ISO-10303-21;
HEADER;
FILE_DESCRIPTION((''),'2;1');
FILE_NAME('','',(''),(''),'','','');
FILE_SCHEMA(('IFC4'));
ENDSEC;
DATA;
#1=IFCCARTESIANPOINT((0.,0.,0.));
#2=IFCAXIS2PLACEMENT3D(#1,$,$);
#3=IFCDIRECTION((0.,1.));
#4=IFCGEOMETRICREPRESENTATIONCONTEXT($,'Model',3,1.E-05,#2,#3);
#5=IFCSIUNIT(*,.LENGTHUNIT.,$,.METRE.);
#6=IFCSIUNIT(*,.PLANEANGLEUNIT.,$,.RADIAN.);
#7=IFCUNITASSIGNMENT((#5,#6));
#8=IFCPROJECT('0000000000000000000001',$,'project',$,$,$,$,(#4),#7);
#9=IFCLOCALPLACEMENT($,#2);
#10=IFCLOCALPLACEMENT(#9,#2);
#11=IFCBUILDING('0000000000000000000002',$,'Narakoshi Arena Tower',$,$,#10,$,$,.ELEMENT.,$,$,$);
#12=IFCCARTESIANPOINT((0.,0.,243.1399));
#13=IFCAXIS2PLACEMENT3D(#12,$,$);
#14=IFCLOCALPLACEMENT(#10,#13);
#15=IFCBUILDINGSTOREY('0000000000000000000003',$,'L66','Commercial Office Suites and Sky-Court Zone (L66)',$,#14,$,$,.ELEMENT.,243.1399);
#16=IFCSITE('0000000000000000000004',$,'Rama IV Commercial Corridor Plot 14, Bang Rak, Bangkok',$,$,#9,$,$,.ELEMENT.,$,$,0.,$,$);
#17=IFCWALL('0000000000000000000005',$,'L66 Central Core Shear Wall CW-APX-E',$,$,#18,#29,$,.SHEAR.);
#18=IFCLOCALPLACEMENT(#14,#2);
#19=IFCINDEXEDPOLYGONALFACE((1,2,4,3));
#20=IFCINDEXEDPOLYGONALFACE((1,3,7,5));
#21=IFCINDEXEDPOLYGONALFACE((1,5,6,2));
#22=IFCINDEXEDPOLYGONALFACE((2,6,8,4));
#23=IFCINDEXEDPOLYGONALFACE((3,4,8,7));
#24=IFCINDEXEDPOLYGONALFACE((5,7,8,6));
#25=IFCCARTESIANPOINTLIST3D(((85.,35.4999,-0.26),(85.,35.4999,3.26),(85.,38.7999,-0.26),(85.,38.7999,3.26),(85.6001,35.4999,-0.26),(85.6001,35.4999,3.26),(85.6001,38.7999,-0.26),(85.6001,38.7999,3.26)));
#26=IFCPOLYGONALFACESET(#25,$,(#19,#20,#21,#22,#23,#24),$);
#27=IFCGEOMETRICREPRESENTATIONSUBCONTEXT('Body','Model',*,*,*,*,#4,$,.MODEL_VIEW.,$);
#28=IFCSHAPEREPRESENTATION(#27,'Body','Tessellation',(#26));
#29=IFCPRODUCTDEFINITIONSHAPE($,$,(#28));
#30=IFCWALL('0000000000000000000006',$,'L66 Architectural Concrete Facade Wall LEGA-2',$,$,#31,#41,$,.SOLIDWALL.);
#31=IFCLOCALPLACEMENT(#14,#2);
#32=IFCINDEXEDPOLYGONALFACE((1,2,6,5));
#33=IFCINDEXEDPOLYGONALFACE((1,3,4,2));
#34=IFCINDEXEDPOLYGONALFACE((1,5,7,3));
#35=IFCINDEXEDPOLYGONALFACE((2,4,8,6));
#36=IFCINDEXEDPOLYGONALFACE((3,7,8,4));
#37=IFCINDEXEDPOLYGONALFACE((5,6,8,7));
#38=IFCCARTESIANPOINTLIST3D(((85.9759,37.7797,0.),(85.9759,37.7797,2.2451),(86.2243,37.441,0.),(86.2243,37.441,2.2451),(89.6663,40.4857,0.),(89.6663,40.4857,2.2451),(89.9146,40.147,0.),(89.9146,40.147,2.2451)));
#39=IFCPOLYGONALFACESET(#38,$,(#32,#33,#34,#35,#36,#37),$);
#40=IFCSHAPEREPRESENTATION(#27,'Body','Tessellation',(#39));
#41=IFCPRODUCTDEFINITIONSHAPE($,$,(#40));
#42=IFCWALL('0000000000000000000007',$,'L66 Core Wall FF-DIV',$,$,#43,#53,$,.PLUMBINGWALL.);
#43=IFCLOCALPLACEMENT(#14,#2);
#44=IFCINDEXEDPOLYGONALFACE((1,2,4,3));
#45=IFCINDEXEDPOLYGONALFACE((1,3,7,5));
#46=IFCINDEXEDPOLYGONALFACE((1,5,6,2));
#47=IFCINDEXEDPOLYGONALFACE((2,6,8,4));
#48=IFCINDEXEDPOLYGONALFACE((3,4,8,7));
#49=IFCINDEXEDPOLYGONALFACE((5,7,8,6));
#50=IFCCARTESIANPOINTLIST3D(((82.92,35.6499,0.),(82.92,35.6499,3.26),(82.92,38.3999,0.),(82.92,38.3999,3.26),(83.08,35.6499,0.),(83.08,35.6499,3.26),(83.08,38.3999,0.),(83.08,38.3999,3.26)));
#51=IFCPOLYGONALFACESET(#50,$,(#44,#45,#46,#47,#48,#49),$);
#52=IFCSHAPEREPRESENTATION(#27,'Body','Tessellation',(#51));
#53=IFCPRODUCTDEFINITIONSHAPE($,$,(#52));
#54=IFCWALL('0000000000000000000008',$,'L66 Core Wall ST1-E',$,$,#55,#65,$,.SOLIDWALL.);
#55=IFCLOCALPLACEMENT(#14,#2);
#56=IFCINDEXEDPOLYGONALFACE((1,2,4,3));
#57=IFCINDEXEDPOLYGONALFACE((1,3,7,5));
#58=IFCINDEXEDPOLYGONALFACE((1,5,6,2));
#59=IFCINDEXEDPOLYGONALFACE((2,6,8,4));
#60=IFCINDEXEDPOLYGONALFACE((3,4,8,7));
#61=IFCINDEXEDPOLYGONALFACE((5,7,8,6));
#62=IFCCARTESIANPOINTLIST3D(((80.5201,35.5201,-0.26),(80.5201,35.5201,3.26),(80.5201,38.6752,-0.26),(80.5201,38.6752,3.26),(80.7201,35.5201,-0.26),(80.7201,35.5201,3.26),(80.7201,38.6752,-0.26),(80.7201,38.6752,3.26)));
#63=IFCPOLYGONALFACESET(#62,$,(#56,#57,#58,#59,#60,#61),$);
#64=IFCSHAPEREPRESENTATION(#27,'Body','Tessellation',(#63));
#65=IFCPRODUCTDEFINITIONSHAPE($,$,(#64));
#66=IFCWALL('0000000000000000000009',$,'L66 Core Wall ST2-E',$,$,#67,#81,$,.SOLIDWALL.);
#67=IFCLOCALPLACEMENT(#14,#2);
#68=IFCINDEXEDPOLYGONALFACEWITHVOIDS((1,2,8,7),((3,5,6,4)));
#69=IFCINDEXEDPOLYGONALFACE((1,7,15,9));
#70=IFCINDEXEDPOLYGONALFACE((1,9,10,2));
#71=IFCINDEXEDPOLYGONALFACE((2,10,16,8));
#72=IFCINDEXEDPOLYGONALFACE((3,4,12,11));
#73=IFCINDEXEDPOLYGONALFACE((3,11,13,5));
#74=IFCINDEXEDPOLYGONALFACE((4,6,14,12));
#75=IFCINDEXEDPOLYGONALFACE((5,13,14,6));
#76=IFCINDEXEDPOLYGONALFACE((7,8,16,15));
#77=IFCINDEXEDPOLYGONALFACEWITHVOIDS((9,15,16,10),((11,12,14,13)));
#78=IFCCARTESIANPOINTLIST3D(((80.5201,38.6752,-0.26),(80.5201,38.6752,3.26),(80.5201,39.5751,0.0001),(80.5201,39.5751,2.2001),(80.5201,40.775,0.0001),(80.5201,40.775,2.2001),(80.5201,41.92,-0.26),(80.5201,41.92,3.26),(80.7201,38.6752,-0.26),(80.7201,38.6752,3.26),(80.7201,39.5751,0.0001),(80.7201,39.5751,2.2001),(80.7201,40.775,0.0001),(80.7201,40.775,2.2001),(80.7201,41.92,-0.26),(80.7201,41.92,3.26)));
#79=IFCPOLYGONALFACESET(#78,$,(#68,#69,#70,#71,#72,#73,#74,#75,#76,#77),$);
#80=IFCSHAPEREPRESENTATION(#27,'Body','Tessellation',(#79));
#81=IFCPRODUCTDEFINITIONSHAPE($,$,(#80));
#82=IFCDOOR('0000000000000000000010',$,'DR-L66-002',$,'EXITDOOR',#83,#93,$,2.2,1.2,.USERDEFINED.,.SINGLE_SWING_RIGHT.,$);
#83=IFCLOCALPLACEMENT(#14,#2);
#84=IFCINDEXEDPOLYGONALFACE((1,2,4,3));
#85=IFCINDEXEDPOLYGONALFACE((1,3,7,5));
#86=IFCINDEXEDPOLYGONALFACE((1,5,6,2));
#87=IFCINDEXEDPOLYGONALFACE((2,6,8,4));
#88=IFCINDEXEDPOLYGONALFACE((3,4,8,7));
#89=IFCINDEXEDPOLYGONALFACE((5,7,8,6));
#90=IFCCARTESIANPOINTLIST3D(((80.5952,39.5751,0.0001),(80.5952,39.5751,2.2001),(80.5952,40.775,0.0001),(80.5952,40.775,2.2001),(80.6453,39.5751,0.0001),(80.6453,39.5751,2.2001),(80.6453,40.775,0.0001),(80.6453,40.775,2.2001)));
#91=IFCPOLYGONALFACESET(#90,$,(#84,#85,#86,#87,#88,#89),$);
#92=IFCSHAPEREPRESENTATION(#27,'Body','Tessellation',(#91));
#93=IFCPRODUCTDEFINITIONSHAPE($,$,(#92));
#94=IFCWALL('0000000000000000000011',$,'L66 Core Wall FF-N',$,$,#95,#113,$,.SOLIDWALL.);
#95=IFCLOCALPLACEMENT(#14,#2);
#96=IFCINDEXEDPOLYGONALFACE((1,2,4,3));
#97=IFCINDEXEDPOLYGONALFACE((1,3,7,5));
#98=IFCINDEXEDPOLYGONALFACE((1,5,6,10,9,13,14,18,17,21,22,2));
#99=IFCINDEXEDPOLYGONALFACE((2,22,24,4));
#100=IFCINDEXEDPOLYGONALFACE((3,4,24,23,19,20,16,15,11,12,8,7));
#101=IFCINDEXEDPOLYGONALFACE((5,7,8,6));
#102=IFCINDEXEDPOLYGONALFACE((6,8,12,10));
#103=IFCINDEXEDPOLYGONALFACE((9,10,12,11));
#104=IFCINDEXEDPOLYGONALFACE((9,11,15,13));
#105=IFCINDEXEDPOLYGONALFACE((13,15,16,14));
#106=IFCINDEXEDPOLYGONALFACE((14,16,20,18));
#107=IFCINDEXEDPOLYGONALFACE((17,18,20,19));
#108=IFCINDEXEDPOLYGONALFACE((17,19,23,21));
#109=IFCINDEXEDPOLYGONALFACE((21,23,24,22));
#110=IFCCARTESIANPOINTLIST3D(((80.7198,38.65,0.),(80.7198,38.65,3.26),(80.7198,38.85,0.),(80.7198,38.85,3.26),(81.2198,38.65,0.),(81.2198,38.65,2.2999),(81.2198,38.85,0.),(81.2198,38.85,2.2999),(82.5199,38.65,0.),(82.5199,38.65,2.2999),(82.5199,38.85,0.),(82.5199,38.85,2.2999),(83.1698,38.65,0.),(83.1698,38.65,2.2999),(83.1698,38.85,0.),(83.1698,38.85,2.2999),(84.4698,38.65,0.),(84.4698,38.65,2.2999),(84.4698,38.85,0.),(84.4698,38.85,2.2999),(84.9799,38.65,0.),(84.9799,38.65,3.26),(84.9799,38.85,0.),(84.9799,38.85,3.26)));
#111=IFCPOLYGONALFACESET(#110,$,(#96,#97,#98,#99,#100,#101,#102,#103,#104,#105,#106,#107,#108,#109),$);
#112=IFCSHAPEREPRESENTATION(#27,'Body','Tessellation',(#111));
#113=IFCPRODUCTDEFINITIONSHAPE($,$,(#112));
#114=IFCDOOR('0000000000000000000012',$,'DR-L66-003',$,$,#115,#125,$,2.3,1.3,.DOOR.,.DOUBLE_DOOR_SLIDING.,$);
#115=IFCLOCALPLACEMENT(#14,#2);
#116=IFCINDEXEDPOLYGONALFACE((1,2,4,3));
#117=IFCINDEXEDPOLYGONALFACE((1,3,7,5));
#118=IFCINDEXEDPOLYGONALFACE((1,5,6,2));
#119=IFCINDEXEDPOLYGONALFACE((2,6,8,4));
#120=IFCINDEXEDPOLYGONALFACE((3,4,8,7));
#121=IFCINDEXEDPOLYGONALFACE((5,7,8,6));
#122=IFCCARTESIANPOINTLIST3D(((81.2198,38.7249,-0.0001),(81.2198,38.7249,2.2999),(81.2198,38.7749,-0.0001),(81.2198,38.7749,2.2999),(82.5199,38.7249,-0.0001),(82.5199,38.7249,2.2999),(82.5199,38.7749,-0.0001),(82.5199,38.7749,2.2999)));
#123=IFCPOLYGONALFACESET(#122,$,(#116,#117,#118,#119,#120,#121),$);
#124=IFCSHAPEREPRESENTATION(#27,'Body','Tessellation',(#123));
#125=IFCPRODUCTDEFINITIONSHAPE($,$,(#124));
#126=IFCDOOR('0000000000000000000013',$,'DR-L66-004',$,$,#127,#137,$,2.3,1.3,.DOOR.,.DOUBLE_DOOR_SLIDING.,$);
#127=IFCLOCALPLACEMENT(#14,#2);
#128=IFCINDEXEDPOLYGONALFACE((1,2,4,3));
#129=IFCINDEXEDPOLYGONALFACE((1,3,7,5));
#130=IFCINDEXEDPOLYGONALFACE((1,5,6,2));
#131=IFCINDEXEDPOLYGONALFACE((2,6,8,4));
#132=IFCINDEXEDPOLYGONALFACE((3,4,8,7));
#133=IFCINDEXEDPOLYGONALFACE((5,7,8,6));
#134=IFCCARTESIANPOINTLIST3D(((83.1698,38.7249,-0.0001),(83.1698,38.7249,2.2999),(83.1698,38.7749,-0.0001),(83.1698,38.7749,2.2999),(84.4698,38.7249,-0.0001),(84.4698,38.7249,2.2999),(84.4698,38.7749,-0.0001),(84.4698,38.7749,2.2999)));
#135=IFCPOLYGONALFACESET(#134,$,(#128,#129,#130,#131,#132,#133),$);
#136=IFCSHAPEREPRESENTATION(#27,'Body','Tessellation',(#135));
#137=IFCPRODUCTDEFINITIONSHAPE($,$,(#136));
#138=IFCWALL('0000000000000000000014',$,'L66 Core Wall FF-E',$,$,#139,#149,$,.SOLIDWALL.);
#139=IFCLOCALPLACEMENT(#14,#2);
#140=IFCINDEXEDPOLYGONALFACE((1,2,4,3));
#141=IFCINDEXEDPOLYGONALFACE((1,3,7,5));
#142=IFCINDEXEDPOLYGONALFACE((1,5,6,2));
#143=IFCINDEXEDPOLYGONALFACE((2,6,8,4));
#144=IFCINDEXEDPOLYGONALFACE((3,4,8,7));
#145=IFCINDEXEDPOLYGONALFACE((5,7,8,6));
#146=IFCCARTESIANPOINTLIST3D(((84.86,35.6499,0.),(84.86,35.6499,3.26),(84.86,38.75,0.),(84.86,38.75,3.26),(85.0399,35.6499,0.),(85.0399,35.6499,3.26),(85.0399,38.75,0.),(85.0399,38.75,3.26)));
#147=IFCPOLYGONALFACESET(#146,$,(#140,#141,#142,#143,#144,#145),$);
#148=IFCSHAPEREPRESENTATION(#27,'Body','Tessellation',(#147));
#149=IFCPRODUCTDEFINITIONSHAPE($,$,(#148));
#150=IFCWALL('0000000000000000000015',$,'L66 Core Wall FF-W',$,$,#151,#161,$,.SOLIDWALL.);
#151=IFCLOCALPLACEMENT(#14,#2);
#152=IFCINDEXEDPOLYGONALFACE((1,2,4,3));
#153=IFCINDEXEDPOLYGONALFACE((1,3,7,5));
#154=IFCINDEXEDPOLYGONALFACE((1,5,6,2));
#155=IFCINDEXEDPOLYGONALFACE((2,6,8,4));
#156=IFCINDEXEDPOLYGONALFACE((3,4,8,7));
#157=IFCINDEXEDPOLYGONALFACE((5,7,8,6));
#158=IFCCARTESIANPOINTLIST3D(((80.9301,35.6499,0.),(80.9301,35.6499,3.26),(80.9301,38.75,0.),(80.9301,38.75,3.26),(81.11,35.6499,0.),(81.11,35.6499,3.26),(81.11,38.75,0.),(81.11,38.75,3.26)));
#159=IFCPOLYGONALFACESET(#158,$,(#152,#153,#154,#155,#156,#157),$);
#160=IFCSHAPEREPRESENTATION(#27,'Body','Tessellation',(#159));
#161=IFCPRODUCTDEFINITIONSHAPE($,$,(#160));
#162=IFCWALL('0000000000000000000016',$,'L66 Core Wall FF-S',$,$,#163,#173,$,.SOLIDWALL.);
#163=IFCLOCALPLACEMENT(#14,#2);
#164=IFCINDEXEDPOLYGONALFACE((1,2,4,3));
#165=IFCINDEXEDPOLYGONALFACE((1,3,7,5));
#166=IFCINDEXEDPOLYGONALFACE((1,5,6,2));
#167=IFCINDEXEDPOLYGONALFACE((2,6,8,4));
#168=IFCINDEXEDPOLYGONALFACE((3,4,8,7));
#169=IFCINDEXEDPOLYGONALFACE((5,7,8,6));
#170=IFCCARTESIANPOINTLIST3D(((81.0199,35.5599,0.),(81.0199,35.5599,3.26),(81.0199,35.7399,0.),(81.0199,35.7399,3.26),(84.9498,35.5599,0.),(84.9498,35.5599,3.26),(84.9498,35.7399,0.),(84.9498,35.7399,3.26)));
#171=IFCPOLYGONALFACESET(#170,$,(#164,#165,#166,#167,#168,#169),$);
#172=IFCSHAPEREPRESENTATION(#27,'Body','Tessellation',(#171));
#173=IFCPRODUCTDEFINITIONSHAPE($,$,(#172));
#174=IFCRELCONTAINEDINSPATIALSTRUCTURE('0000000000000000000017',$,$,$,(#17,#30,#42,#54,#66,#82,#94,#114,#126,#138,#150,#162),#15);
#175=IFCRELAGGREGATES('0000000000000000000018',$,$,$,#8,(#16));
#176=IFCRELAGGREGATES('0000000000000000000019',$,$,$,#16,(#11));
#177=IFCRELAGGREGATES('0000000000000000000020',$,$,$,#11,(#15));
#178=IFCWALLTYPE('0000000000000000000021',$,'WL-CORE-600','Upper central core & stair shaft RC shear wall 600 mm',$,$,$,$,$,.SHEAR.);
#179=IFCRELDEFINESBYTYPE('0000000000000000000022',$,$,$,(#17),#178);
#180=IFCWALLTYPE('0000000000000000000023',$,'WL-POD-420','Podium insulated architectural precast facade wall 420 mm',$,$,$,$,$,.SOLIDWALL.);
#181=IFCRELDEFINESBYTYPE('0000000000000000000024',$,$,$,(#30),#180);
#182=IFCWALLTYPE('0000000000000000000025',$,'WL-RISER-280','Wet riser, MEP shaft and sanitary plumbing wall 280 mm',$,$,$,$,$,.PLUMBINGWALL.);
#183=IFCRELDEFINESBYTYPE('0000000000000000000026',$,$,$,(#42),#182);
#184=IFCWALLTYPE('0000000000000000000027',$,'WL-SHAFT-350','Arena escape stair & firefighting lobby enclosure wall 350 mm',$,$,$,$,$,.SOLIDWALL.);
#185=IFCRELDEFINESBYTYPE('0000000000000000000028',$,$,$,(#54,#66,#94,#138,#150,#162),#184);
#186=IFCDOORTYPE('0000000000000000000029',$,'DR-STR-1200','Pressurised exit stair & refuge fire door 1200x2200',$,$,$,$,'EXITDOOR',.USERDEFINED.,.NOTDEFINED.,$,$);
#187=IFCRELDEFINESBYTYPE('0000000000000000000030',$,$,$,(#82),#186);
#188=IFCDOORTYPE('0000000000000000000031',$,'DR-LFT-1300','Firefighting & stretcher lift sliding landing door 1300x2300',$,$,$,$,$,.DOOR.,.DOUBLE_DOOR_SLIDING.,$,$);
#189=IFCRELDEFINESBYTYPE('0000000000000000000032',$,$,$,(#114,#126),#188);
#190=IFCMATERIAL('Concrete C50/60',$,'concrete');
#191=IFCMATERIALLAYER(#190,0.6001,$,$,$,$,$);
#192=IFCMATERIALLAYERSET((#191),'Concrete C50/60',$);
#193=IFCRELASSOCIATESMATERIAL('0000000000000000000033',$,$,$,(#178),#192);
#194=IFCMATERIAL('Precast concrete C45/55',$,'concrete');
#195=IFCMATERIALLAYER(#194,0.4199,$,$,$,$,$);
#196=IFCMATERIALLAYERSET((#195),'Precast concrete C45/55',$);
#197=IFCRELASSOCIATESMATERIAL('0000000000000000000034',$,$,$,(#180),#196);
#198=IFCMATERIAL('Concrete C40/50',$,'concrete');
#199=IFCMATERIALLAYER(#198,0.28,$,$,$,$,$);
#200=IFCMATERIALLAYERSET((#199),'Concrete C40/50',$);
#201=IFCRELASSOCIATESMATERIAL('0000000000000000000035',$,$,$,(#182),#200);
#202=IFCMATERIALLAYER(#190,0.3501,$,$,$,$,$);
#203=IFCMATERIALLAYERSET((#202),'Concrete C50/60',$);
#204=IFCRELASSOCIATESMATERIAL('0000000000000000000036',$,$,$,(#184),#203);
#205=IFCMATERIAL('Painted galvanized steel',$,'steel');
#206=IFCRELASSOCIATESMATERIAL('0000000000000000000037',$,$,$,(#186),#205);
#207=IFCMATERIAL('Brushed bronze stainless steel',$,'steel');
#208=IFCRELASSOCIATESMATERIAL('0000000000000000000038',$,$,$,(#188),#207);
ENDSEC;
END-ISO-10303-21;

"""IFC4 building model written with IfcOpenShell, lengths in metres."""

from ifc_helpers import new_model, si_unit, direction, frame, frame_2d, origin, place, context, subcontext, project, spatial, rectangle, extrude, material, layer, layer_set, type_object, element, fill, save


model = new_model("IFC4")

# Units and contexts
model_context = context("Model", 3, precision=1e-05, world=origin(), true_north=direction((0.0, 1.0)))
body_context = subcontext(model_context, "Body", "Model", "MODEL_VIEW")
ifc_project = project(units=[si_unit("LENGTHUNIT", "METRE"), si_unit("PLANEANGLEUNIT", "RADIAN")], contexts=[model_context])

# Site, building, storey
site_placement = place(None, origin())
site = spatial("IfcSite", under=ifc_project, at=site_placement, Name="Rama IV Commercial Corridor Plot 14, Bang Rak, Bangkok", CompositionType="ELEMENT", RefElevation=0.0)
building_placement = place(site_placement, origin())
building = spatial("IfcBuilding", under=site, at=building_placement, Name="Narakoshi Arena Tower", CompositionType="ELEMENT")
storey_placement = place(building_placement, frame((0.0, 0.0, 243.1399)))
storey = spatial("IfcBuildingStorey", under=building, at=storey_placement, Name="L66", Description="Commercial Office Suites and Sky-Court Zone (L66)", CompositionType="ELEMENT", Elevation=243.1399)

# Walls
ifc_material_1 = material(Name="Concrete C50/60", Category="concrete")
ifc_layer_1 = layer(ifc_material_1, 0.6001)
ifc_layer_set_1 = layer_set([ifc_layer_1], Name="Concrete C50/60")
wall_type_1 = type_object("IfcWallType", Name="WL-CORE-600", Description="Upper central core & stair shaft RC shear wall 600 mm", PredefinedType="SHEAR", material=ifc_layer_set_1)
wall_1_placement = place(storey_placement, frame((85.3, 35.5, -0.26), z_axis=(0.0, 0.0, 1.0), x_axis=(0.0, 1.0, 0.0)))
element("IfcWall", 1, at=wall_1_placement, inside=storey, type_object=wall_type_1, Name="L66 Central Core Shear Wall CW-APX-E", PredefinedType="SHEAR", context=body_context, shape_type="SweptSolid", body=[
    extrude(rectangle(XDim=3.3, YDim=0.6001, at=frame_2d((1.6499, 0.0))), origin(), (0.0, 0.0, 1.0), 3.52),
])
ifc_material_2 = material(Name="Precast concrete C45/55", Category="concrete")
ifc_layer_2 = layer(ifc_material_2, 0.4199)
ifc_layer_set_2 = layer_set([ifc_layer_2], Name="Precast concrete C45/55")
wall_type_2 = type_object("IfcWallType", Name="WL-POD-420", Description="Podium insulated architectural precast facade wall 420 mm", PredefinedType="SOLIDWALL", material=ifc_layer_set_2)
wall_2_placement = place(storey_placement, frame((86.1001, 37.6104, 0.0), z_axis=(0.0, 0.0, 1.0), x_axis=(0.806432, 0.591327, 0.0)))
element("IfcWall", 2, at=wall_2_placement, inside=storey, type_object=wall_type_2, Name="L66 Architectural Concrete Facade Wall LEGA-2", PredefinedType="SOLIDWALL", context=body_context, shape_type="SweptSolid", body=[
    extrude(rectangle(XDim=4.5762, YDim=0.4199, at=frame_2d((2.2881, 0.0))), origin(), (0.0, 0.0, 1.0), 2.2451),
])
ifc_material_3 = material(Name="Concrete C40/50", Category="concrete")
ifc_layer_3 = layer(ifc_material_3, 0.28)
ifc_layer_set_3 = layer_set([ifc_layer_3], Name="Concrete C40/50")
wall_type_3 = type_object("IfcWallType", Name="WL-RISER-280", Description="Wet riser, MEP shaft and sanitary plumbing wall 280 mm", PredefinedType="PLUMBINGWALL", material=ifc_layer_set_3)
wall_3_placement = place(storey_placement, frame((83.0, 35.6499, 0.0), z_axis=(0.0, 0.0, 1.0), x_axis=(0.0, 1.0, 0.0)))
element("IfcWall", 3, at=wall_3_placement, inside=storey, type_object=wall_type_3, Name="L66 Core Wall FF-DIV", PredefinedType="PLUMBINGWALL", context=body_context, shape_type="SweptSolid", body=[
    extrude(rectangle(XDim=2.75, YDim=0.1599, at=frame_2d((1.375, 0.0))), origin(), (0.0, 0.0, 1.0), 3.26),
])
ifc_layer_4 = layer(ifc_material_1, 0.3501)
ifc_layer_set_4 = layer_set([ifc_layer_4], Name="Concrete C50/60")
wall_type_4 = type_object("IfcWallType", Name="WL-SHAFT-350", Description="Arena escape stair & firefighting lobby enclosure wall 350 mm", PredefinedType="SOLIDWALL", material=ifc_layer_set_4)
wall_4_placement = place(storey_placement, frame((80.6201, 35.52, -0.26), z_axis=(0.0, 0.0, 1.0), x_axis=(0.0, 1.0, 0.0)))
element("IfcWall", 4, at=wall_4_placement, inside=storey, type_object=wall_type_4, Name="L66 Core Wall ST1-E", PredefinedType="SOLIDWALL", context=body_context, shape_type="SweptSolid", body=[
    extrude(rectangle(XDim=3.155, YDim=0.2, at=frame_2d((1.5776, 0.0))), origin(), (0.0, 0.0, 1.0), 3.52),
])

# Wall, opening, door
wall_5_placement = place(storey_placement, frame((80.6201, 38.675, -0.26), z_axis=(0.0, 0.0, 1.0), x_axis=(0.0, 1.0, 0.0)))
wall_5 = element("IfcWall", 5, at=wall_5_placement, inside=storey, type_object=wall_type_4, Name="L66 Core Wall ST2-E", PredefinedType="SOLIDWALL", context=body_context, shape_type="SweptSolid", body=[
    extrude(rectangle(XDim=3.2449, YDim=0.2, at=frame_2d((1.6226, 0.0))), origin(), (0.0, 0.0, 1.0), 3.52),
])
opening_1_placement = place(wall_5_placement, frame((0.8999, 0.0, 0.26)))
opening_1 = element("IfcOpeningElement", 6, at=opening_1_placement, cuts=wall_5, PredefinedType="OPENING", context=body_context, shape_type="SweptSolid", body=[
    extrude(rectangle(XDim=1.2, YDim=2.2, at=frame_2d((0.6001, 1.1001))), frame((0.0, 0.1099, 0.0), z_axis=(0.0, -1.0, 0.0), x_axis=(1.0, 0.0, 0.0)), (0.0, 0.0, 1.0), 0.22),
])
ifc_material_4 = material(Name="Painted galvanized steel", Category="steel")
door_type_1 = type_object("IfcDoorType", Name="DR-STR-1200", Description="Pressurised exit stair & refuge fire door 1200x2200", ElementType="EXITDOOR", OperationType="NOTDEFINED", PredefinedType="USERDEFINED", material=ifc_material_4)
door_1_placement = place(opening_1_placement, origin())
door_1 = element("IfcDoor", 7, at=door_1_placement, inside=storey, type_object=door_type_1, Name="DR-L66-002", ObjectType="EXITDOOR", OperationType="SINGLE_SWING_RIGHT", OverallHeight=2.2, OverallWidth=1.2, PredefinedType="USERDEFINED", context=body_context, shape_type="SweptSolid", body=[
    extrude(rectangle(XDim=1.2, YDim=2.2, at=frame_2d((0.6001, 1.1001))), frame((0.0, 0.0249, 0.0), z_axis=(0.0, -1.0, 0.0), x_axis=(1.0, 0.0, 0.0)), (0.0, 0.0, 1.0), 0.05),
])
fill(opening_1, door_1)

# Wall, openings, doors
wall_6_placement = place(storey_placement, frame((80.72, 38.75, 0.0), z_axis=(0.0, 0.0, 1.0), x_axis=(1.0, 0.0, 0.0)))
wall_6 = element("IfcWall", 8, at=wall_6_placement, inside=storey, type_object=wall_type_4, Name="L66 Core Wall FF-N", PredefinedType="SOLIDWALL", context=body_context, shape_type="SweptSolid", body=[
    extrude(rectangle(XDim=4.26, YDim=0.2, at=frame_2d((2.1299, 0.0))), origin(), (0.0, 0.0, 1.0), 3.26),
])
opening_2_placement = place(wall_6_placement, frame((0.5, 0.0, 0.0)))
opening_2 = element("IfcOpeningElement", 9, at=opening_2_placement, cuts=wall_6, PredefinedType="OPENING", context=body_context, shape_type="SweptSolid", body=[
    extrude(rectangle(XDim=1.3, YDim=2.3, at=frame_2d((0.6499, 1.1499))), frame((0.0, 0.1099, 0.0), z_axis=(0.0, -1.0, 0.0), x_axis=(1.0, 0.0, 0.0)), (0.0, 0.0, 1.0), 0.22),
])
opening_3_placement = place(wall_6_placement, frame((2.45, 0.0, 0.0)))
opening_3 = element("IfcOpeningElement", 10, at=opening_3_placement, cuts=wall_6, PredefinedType="OPENING", context=body_context, shape_type="SweptSolid", body=[
    extrude(rectangle(XDim=1.3, YDim=2.3, at=frame_2d((0.6499, 1.1499))), frame((0.0, 0.1099, 0.0), z_axis=(0.0, -1.0, 0.0), x_axis=(1.0, 0.0, 0.0)), (0.0, 0.0, 1.0), 0.22),
])
ifc_material_5 = material(Name="Brushed bronze stainless steel", Category="steel")
door_type_2 = type_object("IfcDoorType", Name="DR-LFT-1300", Description="Firefighting & stretcher lift sliding landing door 1300x2300", OperationType="DOUBLE_DOOR_SLIDING", PredefinedType="DOOR", material=ifc_material_5)
door_2_placement = place(opening_2_placement, origin())
door_2 = element("IfcDoor", 11, at=door_2_placement, inside=storey, type_object=door_type_2, Name="DR-L66-003", OperationType="DOUBLE_DOOR_SLIDING", OverallHeight=2.3, OverallWidth=1.3, PredefinedType="DOOR", context=body_context, shape_type="SweptSolid", body=[
    extrude(rectangle(XDim=1.3, YDim=2.3, at=frame_2d((0.6499, 1.1499))), frame((0.0, 0.0249, 0.0), z_axis=(0.0, -1.0, 0.0), x_axis=(1.0, 0.0, 0.0)), (0.0, 0.0, 1.0), 0.05),
])
fill(opening_2, door_2)
door_3_placement = place(opening_3_placement, origin())
door_3 = element("IfcDoor", 12, at=door_3_placement, inside=storey, type_object=door_type_2, Name="DR-L66-004", OperationType="DOUBLE_DOOR_SLIDING", OverallHeight=2.3, OverallWidth=1.3, PredefinedType="DOOR", context=body_context, shape_type="SweptSolid", body=[
    extrude(rectangle(XDim=1.3, YDim=2.3, at=frame_2d((0.6499, 1.1499))), frame((0.0, 0.0249, 0.0), z_axis=(0.0, -1.0, 0.0), x_axis=(1.0, 0.0, 0.0)), (0.0, 0.0, 1.0), 0.05),
])
fill(opening_3, door_3)

# Walls
for number, where, z_axis, x_axis, name in (
    (13, (84.95, 35.6499, 0.0), (0.0, 0.0, 1.0), (0.0, 1.0, 0.0), "L66 Core Wall FF-E"),
    (14, (81.02, 35.6499, 0.0), (0.0, 0.0, 1.0), (0.0, 1.0, 0.0), "L66 Core Wall FF-W"),
):
    element("IfcWall", number, at=place(storey_placement, frame(where, z_axis=z_axis, x_axis=x_axis)), inside=storey, type_object=wall_type_4, Name=name, PredefinedType="SOLIDWALL", context=body_context, shape_type="SweptSolid", body=[
        extrude(rectangle(XDim=3.1001, YDim=0.1799, at=frame_2d((1.55, 0.0))), origin(), (0.0, 0.0, 1.0), 3.26),
    ])
wall_7_placement = place(storey_placement, frame((81.02, 35.6499, 0.0), z_axis=(0.0, 0.0, 1.0), x_axis=(1.0, 0.0, 0.0)))
element("IfcWall", 15, at=wall_7_placement, inside=storey, type_object=wall_type_4, Name="L66 Core Wall FF-S", PredefinedType="SOLIDWALL", context=body_context, shape_type="SweptSolid", body=[
    extrude(rectangle(XDim=3.9299, YDim=0.1799, at=frame_2d((1.9648, 0.0))), origin(), (0.0, 0.0, 1.0), 3.26),
])

save(model, "model.ifc")
